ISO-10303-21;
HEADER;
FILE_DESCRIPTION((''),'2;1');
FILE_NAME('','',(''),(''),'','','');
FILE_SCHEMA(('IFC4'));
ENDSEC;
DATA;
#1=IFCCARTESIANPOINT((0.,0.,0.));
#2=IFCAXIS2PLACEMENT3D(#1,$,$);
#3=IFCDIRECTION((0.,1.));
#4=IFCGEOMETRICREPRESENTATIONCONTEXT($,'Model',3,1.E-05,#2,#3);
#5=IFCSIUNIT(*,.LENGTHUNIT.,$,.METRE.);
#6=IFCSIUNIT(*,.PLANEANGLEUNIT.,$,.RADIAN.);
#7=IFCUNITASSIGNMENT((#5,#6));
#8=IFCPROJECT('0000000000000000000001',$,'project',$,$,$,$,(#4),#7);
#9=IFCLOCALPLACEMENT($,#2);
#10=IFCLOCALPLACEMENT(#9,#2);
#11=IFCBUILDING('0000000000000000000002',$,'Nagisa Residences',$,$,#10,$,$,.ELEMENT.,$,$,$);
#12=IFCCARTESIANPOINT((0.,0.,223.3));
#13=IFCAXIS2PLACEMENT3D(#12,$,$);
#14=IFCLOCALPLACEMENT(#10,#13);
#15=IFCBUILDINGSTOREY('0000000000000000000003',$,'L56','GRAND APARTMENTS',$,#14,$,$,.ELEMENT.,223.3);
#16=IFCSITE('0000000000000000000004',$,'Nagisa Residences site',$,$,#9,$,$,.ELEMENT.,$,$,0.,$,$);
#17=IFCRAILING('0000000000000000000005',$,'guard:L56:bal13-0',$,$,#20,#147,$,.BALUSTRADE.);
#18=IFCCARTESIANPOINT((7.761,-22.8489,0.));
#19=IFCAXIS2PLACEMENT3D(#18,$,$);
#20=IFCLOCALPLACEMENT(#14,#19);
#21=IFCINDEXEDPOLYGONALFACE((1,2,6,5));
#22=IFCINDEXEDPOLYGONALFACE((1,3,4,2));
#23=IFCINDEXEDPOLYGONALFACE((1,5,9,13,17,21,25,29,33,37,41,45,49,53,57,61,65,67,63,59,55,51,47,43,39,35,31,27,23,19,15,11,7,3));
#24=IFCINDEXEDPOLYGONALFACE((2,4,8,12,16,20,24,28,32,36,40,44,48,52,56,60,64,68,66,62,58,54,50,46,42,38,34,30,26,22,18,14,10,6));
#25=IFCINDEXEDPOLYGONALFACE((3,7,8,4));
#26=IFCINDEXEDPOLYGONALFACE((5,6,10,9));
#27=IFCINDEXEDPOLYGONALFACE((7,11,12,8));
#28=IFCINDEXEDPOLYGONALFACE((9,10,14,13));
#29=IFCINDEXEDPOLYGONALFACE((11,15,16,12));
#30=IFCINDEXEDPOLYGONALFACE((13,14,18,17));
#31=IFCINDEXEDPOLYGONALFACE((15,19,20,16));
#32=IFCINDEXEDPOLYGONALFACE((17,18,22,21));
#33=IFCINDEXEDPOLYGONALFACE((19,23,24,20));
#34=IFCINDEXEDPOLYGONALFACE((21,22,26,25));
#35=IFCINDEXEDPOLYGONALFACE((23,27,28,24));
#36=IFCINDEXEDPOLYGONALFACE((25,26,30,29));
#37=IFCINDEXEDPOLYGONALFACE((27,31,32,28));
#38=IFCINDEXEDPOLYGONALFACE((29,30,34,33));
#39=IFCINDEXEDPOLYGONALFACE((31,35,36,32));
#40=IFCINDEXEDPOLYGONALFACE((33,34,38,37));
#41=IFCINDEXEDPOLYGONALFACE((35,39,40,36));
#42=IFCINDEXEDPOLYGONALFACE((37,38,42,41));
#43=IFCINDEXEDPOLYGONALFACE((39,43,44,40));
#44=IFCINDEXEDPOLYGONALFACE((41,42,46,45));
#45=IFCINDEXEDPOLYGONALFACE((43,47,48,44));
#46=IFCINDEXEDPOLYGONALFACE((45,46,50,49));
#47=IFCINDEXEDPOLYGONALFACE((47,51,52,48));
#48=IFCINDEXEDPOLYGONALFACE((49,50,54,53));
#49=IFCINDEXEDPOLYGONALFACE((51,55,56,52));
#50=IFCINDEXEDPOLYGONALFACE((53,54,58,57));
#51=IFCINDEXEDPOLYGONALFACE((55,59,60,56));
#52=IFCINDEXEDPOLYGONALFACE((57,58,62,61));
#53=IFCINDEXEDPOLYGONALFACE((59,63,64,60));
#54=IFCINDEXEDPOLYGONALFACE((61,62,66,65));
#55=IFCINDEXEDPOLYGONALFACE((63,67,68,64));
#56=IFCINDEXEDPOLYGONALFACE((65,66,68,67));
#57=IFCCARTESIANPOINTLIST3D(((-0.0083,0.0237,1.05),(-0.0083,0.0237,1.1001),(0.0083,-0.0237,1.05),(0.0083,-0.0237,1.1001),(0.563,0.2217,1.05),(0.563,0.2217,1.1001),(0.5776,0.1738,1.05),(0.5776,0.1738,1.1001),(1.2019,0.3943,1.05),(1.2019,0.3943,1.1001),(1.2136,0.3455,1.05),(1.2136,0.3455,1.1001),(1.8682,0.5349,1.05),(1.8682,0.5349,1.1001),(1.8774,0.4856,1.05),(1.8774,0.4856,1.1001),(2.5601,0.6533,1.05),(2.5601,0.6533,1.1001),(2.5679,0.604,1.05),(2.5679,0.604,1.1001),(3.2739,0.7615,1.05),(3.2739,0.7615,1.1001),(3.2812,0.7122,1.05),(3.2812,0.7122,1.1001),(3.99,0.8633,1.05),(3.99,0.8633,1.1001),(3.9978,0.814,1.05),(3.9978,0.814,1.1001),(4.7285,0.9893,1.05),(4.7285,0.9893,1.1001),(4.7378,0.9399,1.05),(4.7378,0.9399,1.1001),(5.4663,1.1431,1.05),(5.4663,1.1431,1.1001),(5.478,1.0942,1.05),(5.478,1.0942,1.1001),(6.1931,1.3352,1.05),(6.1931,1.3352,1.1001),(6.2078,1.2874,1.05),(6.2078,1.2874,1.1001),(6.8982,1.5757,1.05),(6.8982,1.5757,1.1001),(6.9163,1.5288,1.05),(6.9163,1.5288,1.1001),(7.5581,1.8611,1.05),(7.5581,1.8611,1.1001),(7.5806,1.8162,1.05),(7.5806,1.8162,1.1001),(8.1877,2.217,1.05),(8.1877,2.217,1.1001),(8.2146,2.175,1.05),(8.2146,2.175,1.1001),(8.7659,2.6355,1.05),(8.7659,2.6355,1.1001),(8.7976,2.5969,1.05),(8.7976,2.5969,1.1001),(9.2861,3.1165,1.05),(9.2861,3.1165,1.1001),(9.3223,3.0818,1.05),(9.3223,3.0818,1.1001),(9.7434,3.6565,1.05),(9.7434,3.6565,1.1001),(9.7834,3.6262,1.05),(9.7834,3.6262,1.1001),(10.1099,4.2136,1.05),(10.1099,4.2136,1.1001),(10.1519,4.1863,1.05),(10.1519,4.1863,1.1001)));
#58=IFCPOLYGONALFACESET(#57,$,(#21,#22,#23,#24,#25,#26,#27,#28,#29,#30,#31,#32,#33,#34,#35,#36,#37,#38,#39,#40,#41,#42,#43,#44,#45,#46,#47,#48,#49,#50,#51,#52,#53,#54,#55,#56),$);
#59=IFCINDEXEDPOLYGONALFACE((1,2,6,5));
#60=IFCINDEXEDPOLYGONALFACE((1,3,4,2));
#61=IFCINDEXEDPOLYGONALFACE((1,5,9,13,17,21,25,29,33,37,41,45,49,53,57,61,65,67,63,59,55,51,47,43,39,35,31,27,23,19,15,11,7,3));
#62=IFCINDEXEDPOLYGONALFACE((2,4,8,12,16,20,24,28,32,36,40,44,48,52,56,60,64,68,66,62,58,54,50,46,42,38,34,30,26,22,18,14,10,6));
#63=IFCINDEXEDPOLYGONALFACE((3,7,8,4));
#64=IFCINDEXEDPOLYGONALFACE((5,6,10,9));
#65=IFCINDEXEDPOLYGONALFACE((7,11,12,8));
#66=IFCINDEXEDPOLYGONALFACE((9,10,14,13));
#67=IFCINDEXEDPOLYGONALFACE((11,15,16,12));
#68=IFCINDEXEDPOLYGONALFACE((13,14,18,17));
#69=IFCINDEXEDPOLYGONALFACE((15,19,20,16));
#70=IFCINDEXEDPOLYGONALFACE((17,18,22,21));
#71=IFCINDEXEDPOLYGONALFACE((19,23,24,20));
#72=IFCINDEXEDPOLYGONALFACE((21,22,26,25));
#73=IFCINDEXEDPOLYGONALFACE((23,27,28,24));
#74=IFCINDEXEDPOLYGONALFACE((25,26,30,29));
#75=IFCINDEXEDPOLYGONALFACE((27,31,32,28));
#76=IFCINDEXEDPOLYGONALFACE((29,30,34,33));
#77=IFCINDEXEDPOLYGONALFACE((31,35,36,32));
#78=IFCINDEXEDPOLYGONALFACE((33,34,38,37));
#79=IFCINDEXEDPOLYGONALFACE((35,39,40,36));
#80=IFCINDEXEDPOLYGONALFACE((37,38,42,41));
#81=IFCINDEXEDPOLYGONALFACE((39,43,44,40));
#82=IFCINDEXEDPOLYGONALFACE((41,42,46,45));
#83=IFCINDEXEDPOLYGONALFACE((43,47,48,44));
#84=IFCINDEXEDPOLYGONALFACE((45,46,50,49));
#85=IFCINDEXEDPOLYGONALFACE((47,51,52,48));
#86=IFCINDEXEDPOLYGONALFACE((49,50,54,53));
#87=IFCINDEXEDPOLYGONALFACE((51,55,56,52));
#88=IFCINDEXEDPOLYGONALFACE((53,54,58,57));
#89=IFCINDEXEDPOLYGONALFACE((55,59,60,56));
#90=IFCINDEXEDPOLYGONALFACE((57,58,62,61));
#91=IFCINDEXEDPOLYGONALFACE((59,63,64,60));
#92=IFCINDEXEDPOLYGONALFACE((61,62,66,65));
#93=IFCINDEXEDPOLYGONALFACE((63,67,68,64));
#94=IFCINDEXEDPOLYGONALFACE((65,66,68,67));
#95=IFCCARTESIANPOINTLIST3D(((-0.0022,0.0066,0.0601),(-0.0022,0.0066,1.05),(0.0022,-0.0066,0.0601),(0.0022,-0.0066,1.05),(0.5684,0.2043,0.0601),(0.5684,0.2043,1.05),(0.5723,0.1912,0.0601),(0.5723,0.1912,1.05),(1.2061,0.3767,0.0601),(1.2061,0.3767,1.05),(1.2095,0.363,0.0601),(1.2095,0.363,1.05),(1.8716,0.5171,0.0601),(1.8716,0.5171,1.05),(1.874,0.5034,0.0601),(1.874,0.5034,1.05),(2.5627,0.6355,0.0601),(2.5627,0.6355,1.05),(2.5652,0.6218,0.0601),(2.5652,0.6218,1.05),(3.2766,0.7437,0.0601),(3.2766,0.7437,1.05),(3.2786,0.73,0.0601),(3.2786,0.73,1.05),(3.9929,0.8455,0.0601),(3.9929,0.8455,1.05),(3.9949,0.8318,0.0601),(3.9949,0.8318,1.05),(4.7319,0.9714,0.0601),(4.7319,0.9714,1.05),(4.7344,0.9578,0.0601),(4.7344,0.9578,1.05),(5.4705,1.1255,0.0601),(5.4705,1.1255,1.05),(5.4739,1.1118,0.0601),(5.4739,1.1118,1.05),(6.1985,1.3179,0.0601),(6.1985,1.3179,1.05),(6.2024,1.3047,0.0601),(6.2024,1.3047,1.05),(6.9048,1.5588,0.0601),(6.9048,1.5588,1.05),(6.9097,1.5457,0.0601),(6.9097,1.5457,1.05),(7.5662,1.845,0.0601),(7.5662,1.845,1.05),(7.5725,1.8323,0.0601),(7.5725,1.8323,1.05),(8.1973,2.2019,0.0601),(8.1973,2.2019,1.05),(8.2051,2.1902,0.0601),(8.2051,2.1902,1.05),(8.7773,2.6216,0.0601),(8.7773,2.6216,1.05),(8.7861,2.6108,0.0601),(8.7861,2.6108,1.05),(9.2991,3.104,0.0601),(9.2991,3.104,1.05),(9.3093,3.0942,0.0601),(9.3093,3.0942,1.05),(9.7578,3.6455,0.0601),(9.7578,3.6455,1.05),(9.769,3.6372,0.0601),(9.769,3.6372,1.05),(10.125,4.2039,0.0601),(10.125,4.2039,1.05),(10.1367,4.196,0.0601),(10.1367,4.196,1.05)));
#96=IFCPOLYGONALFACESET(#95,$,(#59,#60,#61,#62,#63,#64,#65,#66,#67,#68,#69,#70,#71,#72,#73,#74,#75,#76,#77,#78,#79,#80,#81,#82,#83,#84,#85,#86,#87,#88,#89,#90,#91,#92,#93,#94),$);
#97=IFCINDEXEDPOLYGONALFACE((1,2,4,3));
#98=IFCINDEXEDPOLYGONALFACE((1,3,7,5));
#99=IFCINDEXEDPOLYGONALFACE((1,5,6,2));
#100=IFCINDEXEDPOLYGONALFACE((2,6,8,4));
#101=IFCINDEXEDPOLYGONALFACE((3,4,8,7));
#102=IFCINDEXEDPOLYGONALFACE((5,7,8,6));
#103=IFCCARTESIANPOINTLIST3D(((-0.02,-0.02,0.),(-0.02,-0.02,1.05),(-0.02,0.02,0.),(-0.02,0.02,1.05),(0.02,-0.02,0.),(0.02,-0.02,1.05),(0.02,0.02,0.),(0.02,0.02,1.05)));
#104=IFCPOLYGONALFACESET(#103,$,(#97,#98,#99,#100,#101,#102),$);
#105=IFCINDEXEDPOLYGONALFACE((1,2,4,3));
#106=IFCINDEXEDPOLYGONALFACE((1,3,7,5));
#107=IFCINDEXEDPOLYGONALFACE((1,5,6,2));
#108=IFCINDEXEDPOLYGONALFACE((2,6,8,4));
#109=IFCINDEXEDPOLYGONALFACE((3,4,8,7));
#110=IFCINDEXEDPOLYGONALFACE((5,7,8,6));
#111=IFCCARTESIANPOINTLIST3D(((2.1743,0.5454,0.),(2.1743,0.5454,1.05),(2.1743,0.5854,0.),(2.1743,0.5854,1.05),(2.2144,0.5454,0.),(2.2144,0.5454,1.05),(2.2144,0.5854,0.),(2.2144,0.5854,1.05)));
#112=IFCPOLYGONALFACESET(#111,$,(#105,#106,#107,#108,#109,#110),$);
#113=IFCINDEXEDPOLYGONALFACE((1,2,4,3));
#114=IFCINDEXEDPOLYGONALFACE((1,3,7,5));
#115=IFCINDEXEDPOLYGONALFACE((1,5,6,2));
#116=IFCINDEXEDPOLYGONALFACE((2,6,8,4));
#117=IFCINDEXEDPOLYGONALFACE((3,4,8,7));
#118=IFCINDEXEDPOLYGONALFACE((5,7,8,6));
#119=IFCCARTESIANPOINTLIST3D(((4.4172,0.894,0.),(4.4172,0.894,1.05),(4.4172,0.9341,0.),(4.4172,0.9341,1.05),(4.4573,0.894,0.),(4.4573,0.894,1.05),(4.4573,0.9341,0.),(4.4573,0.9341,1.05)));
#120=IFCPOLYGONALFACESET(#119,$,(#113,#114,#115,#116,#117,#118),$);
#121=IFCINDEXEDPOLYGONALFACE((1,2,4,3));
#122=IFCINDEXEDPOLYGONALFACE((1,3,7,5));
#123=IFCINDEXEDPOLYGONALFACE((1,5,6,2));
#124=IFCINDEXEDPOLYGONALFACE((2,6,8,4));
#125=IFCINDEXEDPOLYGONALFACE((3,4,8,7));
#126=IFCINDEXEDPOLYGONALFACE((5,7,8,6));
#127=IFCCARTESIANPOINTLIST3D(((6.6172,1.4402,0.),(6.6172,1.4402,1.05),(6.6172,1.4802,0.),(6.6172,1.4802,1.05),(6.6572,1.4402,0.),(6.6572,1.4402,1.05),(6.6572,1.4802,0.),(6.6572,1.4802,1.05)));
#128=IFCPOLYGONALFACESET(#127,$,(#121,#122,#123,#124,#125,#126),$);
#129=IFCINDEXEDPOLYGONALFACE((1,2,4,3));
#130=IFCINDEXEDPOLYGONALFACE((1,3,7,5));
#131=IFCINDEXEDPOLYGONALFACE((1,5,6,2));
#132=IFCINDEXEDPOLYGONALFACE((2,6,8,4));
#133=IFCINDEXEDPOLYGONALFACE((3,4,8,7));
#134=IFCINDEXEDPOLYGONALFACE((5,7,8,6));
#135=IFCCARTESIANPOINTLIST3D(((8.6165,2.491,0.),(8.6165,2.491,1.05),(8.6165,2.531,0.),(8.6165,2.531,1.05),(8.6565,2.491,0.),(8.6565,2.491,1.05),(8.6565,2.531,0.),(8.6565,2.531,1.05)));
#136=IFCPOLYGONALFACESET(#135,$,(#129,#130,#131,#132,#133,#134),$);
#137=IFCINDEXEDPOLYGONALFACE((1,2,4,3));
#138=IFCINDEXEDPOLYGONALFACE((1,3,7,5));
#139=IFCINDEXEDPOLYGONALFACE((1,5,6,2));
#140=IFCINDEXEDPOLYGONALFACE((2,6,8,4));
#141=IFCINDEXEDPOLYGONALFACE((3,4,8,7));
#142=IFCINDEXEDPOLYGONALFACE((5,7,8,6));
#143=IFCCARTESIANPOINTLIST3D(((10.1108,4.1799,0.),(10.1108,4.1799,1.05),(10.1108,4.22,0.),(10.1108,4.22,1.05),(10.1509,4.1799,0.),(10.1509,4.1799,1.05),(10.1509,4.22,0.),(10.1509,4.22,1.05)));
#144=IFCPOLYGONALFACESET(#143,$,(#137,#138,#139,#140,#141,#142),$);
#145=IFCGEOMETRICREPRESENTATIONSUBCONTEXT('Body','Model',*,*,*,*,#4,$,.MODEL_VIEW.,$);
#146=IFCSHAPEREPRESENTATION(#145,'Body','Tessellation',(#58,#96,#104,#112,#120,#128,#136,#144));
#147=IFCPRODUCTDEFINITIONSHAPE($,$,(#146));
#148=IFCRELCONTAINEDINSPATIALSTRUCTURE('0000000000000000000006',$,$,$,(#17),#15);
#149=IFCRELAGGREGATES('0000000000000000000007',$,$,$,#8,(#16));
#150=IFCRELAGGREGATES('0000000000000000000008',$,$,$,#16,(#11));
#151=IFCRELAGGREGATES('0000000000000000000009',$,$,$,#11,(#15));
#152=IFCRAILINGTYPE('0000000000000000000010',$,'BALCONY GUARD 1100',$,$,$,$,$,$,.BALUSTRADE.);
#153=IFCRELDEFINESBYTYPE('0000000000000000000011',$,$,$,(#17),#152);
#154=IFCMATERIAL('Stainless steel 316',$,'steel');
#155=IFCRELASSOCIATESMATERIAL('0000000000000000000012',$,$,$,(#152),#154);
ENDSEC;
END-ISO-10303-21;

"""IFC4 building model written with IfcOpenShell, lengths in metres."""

from ifc_helpers import new_model, si_unit, direction, frame, origin, origin_2d, place, context, subcontext, project, spatial, polyline, rectangle, outline, extrude, material, type_object, element, save


model = new_model("IFC4")

# Units and contexts
model_context = context("Model", 3, precision=1e-05, world=origin(), true_north=direction((0.0, 1.0)))
body_context = subcontext(model_context, "Body", "Model", "MODEL_VIEW")
ifc_project = project(units=[si_unit("LENGTHUNIT", "METRE"), si_unit("PLANEANGLEUNIT", "RADIAN")], contexts=[model_context])

# Site, building, storey
site_placement = place(None, origin())
site = spatial("IfcSite", under=ifc_project, at=site_placement, Name="Nagisa Residences site", CompositionType="ELEMENT", RefElevation=0.0)
building_placement = place(site_placement, origin())
building = spatial("IfcBuilding", under=site, at=building_placement, Name="Nagisa Residences", CompositionType="ELEMENT")
storey_placement = place(building_placement, frame((0.0, 0.0, 223.3)))
storey = spatial("IfcBuildingStorey", under=building, at=storey_placement, Name="L56", Description="GRAND APARTMENTS", CompositionType="ELEMENT", Elevation=223.3)

# Railing
ifc_material_1 = material(Name="Stainless steel 316", Category="steel")
railing_type = type_object("IfcRailingType", Name="BALCONY GUARD 1100", PredefinedType="BALUSTRADE", material=ifc_material_1)
railing_placement = place(storey_placement, frame((7.761, -22.8489, 0.0)))
element("IfcRailing", 1, at=railing_placement, inside=storey, type_object=railing_type, Name="guard:L56:bal13-0", PredefinedType="BALUSTRADE", context=body_context, shape_type="SweptSolid", body=[
    extrude(outline(polyline([(0.563, 0.2217), (-0.0083, 0.0237), (0.0083, -0.0237), (0.5776, 0.1738), (1.2136, 0.3455), (1.8774, 0.4856), (2.5679, 0.604), (3.2812, 0.7122), (3.9978, 0.814), (4.7378, 0.9399), (5.478, 1.0942), (6.2078, 1.2874), (6.9163, 1.5288), (7.5806, 1.8162), (8.2146, 2.175), (8.7976, 2.5969), (9.3223, 3.0818), (9.7834, 3.6262), (10.1519, 4.1863), (10.1099, 4.2136), (9.7434, 3.6565), (9.2861, 3.1165), (8.7659, 2.6355), (8.1877, 2.217), (7.5581, 1.8611), (6.8982, 1.5757), (6.1931, 1.3352), (5.4663, 1.1431), (4.7285, 0.9893), (3.99, 0.8633), (3.2739, 0.7615), (2.5601, 0.6533), (1.8682, 0.5349), (1.2019, 0.3943), (0.563, 0.2217)])), frame((0.0, 0.0, 1.05)), (0.0, 0.0, 1.0), 0.05),
    extrude(outline(polyline([(0.5684, 0.2043), (-0.0022, 0.0066), (0.0022, -0.0066), (0.5723, 0.1912), (1.2095, 0.363), (1.874, 0.5034), (2.5652, 0.6218), (3.2786, 0.73), (3.9949, 0.8318), (4.7344, 0.9578), (5.4739, 1.1118), (6.2024, 1.3047), (6.9097, 1.5457), (7.5725, 1.8323), (8.2051, 2.1902), (8.7861, 2.6108), (9.3093, 3.0942), (9.769, 3.6372), (10.1367, 4.196), (10.125, 4.2039), (9.7578, 3.6455), (9.2991, 3.104), (8.7773, 2.6216), (8.1973, 2.2019), (7.5662, 1.845), (6.9048, 1.5588), (6.1985, 1.3179), (5.4705, 1.1255), (4.7319, 0.9714), (3.9929, 0.8455), (3.2766, 0.7437), (2.5627, 0.6355), (1.8716, 0.5171), (1.2061, 0.3767), (0.5684, 0.2043)])), frame((0.0, 0.0, 0.0601)), (0.0, 0.0, 1.0), 0.99),
    extrude(rectangle(XDim=0.04, YDim=0.04, at=origin_2d()), origin(), (0.0, 0.0, 1.0), 1.05),
    extrude(rectangle(XDim=0.04, YDim=0.04, at=origin_2d()), frame((2.1943, 0.5654, 0.0)), (0.0, 0.0, 1.0), 1.05),
    extrude(rectangle(XDim=0.04, YDim=0.04, at=origin_2d()), frame((4.4373, 0.9141, 0.0)), (0.0, 0.0, 1.0), 1.05),
    extrude(rectangle(XDim=0.04, YDim=0.04, at=origin_2d()), frame((6.6372, 1.4602, 0.0)), (0.0, 0.0, 1.0), 1.05),
    extrude(rectangle(XDim=0.04, YDim=0.04, at=origin_2d()), frame((8.6365, 2.511, 0.0)), (0.0, 0.0, 1.0), 1.05),
    extrude(rectangle(XDim=0.04, YDim=0.04, at=origin_2d()), frame((10.1309, 4.2, 0.0)), (0.0, 0.0, 1.0), 1.05),
])

save(model, "model.ifc")
